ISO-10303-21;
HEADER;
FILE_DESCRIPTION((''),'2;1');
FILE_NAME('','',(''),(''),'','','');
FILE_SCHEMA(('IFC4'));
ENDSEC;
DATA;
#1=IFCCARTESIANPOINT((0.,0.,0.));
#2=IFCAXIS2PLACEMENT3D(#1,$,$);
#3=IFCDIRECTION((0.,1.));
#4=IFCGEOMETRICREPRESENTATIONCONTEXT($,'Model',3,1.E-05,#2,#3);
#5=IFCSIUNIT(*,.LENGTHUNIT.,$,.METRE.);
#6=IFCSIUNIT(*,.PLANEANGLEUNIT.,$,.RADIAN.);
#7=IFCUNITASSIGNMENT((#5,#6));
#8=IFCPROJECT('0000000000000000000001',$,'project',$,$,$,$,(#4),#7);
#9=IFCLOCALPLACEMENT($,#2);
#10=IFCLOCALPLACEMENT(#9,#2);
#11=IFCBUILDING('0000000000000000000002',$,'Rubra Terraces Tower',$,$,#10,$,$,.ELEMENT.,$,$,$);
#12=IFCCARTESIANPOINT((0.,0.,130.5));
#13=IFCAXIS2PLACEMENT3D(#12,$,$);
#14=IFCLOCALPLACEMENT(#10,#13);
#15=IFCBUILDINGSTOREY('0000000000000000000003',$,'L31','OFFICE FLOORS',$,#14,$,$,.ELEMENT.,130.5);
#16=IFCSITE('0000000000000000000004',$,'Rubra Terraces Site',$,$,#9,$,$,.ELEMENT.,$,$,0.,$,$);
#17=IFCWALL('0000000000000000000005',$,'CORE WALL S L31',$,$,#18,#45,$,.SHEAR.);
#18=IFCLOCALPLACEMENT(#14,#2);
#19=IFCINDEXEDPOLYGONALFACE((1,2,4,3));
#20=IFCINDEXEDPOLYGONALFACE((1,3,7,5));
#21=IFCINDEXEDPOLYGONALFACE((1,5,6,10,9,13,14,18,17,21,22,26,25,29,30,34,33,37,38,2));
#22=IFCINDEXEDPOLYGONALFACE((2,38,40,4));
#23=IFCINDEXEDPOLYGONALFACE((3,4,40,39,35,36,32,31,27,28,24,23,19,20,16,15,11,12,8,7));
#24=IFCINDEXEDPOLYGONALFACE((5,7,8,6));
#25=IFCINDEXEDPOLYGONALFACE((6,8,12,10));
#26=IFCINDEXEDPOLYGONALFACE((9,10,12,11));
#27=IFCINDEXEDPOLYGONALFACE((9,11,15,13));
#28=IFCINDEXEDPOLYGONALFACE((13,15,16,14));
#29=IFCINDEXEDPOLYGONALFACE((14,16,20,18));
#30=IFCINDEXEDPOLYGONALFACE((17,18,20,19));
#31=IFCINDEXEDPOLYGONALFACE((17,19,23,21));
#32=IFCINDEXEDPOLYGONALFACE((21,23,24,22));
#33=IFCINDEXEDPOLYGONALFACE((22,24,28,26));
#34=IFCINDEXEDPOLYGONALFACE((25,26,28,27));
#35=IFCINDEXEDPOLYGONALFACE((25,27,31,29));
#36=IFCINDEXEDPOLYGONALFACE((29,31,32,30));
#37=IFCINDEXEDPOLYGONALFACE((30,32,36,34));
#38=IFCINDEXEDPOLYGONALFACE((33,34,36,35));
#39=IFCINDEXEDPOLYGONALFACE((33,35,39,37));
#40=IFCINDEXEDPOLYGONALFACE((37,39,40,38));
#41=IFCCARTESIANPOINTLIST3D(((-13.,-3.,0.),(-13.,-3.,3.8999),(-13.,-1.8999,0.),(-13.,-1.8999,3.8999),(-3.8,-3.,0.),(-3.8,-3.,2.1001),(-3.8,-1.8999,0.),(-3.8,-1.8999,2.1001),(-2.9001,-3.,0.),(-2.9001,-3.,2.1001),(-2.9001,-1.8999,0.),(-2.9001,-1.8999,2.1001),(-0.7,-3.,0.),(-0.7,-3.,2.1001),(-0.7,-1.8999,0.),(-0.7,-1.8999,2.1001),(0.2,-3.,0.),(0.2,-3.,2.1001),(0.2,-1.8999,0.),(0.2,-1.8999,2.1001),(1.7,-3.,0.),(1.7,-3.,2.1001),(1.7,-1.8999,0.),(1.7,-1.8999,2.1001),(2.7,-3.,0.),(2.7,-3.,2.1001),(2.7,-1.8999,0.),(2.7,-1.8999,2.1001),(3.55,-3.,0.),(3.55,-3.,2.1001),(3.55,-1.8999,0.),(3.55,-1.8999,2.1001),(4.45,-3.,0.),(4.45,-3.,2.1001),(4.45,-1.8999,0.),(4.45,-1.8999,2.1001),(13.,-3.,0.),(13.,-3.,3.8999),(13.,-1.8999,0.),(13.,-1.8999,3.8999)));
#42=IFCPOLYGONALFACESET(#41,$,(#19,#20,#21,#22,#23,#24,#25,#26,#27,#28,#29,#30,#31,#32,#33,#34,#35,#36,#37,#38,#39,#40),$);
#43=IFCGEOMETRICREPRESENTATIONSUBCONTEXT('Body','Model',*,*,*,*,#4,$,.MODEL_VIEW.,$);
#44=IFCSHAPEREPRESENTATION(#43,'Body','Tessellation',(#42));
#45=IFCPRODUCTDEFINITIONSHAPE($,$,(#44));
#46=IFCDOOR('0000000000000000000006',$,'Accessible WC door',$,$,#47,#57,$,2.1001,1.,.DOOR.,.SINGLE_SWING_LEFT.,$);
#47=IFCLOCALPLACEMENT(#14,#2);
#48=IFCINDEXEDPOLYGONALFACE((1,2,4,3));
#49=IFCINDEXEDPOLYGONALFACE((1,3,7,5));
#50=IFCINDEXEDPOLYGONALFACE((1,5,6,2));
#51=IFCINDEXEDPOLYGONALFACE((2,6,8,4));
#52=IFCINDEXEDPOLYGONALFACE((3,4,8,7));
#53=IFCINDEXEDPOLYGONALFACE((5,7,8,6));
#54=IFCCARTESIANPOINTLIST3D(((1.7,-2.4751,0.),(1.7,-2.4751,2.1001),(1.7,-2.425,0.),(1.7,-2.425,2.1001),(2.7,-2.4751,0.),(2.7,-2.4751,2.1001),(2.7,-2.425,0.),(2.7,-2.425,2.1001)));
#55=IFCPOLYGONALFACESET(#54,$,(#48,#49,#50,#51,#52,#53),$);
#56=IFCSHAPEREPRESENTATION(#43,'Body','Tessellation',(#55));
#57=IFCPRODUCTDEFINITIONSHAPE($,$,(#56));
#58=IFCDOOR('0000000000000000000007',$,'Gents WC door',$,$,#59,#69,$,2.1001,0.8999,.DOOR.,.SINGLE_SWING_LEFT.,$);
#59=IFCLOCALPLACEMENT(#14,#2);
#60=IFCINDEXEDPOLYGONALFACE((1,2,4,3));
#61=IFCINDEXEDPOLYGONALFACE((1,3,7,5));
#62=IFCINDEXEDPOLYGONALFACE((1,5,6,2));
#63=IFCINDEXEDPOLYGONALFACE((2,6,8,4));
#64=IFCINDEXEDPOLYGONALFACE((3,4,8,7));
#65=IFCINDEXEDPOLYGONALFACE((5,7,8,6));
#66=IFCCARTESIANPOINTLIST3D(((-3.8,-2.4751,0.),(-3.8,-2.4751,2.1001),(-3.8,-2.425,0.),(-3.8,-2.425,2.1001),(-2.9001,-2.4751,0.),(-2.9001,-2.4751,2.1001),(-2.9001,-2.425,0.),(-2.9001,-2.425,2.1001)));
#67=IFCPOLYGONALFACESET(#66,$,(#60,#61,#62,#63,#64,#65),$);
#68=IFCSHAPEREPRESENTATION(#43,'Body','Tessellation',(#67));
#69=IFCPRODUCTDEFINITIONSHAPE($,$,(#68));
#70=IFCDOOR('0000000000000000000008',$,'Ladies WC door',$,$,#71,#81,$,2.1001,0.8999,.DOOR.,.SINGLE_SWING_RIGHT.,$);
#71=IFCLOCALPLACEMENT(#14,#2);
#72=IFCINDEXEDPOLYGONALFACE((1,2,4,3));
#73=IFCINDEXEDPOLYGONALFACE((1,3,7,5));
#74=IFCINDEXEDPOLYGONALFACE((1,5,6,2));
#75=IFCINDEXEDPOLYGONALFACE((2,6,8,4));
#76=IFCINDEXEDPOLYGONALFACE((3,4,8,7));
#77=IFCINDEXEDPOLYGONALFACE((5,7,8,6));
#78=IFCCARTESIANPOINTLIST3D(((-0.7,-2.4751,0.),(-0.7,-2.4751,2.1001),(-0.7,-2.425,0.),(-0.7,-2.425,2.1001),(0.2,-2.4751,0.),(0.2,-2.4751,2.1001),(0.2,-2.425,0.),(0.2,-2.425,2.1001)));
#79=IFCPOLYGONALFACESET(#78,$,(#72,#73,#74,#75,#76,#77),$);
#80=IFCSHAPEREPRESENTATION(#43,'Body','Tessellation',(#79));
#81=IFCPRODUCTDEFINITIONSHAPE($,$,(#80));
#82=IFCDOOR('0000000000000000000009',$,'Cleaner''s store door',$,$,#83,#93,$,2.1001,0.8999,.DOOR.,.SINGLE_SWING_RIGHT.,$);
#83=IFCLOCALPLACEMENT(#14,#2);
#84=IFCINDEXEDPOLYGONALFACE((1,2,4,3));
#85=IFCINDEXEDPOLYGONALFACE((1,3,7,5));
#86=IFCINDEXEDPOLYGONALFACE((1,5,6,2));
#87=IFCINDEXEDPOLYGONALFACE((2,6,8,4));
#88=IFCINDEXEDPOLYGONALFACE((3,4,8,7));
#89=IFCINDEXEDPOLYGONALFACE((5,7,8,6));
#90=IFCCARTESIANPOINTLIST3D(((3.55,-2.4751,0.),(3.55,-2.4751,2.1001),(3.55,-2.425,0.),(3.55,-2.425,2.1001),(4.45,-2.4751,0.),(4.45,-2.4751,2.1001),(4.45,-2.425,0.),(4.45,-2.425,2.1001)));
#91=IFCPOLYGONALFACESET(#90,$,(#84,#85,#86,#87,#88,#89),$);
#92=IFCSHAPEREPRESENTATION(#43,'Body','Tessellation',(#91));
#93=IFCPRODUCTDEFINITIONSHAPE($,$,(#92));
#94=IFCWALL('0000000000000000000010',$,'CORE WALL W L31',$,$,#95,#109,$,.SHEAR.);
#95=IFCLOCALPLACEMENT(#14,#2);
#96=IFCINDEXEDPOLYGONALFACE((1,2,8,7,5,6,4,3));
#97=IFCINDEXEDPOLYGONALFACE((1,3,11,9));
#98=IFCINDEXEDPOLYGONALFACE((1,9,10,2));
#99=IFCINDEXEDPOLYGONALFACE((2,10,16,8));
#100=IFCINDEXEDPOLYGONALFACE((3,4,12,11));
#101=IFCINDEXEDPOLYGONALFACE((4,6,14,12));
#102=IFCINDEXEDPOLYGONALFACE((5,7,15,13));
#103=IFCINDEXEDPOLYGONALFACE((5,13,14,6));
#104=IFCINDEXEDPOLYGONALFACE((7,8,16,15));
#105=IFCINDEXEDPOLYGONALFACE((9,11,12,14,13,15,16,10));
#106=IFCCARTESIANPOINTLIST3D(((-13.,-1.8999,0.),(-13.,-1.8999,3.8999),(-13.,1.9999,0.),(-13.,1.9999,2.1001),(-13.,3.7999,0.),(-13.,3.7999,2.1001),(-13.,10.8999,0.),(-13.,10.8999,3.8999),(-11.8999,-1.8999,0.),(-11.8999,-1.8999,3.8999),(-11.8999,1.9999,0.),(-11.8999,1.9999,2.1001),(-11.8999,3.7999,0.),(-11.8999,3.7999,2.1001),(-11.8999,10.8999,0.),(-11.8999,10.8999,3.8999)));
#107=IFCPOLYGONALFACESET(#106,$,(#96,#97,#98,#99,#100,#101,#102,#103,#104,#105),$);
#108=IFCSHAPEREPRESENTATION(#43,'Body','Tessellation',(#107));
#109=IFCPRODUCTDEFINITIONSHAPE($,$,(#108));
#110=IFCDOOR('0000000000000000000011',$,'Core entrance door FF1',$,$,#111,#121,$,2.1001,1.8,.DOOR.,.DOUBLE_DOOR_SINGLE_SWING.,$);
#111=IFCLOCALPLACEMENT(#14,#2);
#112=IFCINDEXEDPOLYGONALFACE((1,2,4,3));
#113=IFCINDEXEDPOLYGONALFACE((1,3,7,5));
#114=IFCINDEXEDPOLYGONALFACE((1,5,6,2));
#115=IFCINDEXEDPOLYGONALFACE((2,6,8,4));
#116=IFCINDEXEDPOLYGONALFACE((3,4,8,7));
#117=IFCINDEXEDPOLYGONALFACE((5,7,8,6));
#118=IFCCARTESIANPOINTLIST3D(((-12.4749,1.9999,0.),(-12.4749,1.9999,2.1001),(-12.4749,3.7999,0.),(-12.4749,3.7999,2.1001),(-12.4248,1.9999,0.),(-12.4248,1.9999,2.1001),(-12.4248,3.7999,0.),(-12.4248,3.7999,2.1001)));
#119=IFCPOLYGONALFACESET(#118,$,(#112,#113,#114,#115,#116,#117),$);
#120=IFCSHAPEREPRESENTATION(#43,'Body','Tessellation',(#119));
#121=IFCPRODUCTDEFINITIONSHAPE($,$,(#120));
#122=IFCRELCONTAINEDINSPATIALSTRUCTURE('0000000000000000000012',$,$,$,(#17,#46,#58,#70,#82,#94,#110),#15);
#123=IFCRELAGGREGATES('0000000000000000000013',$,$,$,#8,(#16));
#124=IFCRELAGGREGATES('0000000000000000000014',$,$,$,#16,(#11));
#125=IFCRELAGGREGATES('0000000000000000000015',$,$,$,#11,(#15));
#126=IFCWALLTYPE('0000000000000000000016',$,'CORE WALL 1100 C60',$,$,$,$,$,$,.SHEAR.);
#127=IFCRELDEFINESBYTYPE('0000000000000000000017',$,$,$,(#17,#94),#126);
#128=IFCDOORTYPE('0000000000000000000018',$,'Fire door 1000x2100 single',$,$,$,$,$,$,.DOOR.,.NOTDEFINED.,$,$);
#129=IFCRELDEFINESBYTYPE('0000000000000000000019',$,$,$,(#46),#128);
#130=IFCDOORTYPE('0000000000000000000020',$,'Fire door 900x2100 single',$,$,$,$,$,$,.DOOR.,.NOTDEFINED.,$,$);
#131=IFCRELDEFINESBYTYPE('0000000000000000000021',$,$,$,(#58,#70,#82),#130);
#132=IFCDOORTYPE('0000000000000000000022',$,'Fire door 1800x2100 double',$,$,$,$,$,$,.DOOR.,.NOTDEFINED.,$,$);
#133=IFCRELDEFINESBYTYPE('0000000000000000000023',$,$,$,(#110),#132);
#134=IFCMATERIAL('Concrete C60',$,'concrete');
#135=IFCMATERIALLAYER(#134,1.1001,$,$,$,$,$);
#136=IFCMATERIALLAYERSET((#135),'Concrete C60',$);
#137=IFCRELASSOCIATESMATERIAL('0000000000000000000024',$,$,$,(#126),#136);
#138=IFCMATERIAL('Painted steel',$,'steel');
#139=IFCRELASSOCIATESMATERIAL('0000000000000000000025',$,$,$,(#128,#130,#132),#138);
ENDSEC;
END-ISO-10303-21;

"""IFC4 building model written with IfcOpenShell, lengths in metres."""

from ifc_helpers import new_model, si_unit, direction, frame, frame_2d, origin, place, context, subcontext, project, spatial, rectangle, extrude, material, layer, layer_set, type_object, element, fill, save


model = new_model("IFC4")

# Units and contexts
model_context = context("Model", 3, precision=1e-05, world=origin(), true_north=direction((0.0, 1.0)))
body_context = subcontext(model_context, "Body", "Model", "MODEL_VIEW")
ifc_project = project(units=[si_unit("LENGTHUNIT", "METRE"), si_unit("PLANEANGLEUNIT", "RADIAN")], contexts=[model_context])

# Site, building, storey
site_placement = place(None, origin())
site = spatial("IfcSite", under=ifc_project, at=site_placement, Name="Rubra Terraces Site", CompositionType="ELEMENT", RefElevation=0.0)
building_placement = place(site_placement, origin())
building = spatial("IfcBuilding", under=site, at=building_placement, Name="Rubra Terraces Tower", CompositionType="ELEMENT")
storey_placement = place(building_placement, frame((0.0, 0.0, 130.5)))
storey = spatial("IfcBuildingStorey", under=building, at=storey_placement, Name="L31", Description="OFFICE FLOORS", CompositionType="ELEMENT", Elevation=130.5)

# Wall, openings, doors
ifc_material_1 = material(Name="Concrete C60", Category="concrete")
ifc_layer_1 = layer(ifc_material_1, 1.1001)
ifc_layer_set_1 = layer_set([ifc_layer_1], Name="Concrete C60")
wall_type_1 = type_object("IfcWallType", Name="CORE WALL 1100 C60", PredefinedType="SHEAR", material=ifc_layer_set_1)
wall_1_placement = place(storey_placement, frame((-13.0, -2.45, 0.0), z_axis=(0.0, 0.0, 1.0), x_axis=(1.0, 0.0, 0.0)))
wall_1 = element("IfcWall", 1, at=wall_1_placement, inside=storey, type_object=wall_type_1, Name="CORE WALL S L31", PredefinedType="SHEAR", context=body_context, shape_type="SweptSolid", body=[
    extrude(rectangle(XDim=26.0, YDim=1.1001, at=frame_2d((13.0, 0.0))), origin(), (0.0, 0.0, 1.0), 3.8999),
])
opening_1_placement = place(wall_1_placement, frame((9.2, 0.0, 0.0)))
opening_1 = element("IfcOpeningElement", 2, at=opening_1_placement, cuts=wall_1, PredefinedType="OPENING", context=body_context, shape_type="SweptSolid", body=[
    extrude(rectangle(XDim=0.8999, YDim=2.1001, at=frame_2d((0.45, 1.05))), frame((0.0, 0.5601, 0.0), z_axis=(0.0, -1.0, 0.0), x_axis=(1.0, 0.0, 0.0)), (0.0, 0.0, 1.0), 1.1201),
])
opening_2_placement = place(wall_1_placement, frame((12.3, 0.0, 0.0)))
opening_2 = element("IfcOpeningElement", 3, at=opening_2_placement, cuts=wall_1, PredefinedType="OPENING", context=body_context, shape_type="SweptSolid", body=[
    extrude(rectangle(XDim=0.8999, YDim=2.1001, at=frame_2d((0.45, 1.05))), frame((0.0, 0.5601, 0.0), z_axis=(0.0, -1.0, 0.0), x_axis=(1.0, 0.0, 0.0)), (0.0, 0.0, 1.0), 1.1201),
])
opening_3_placement = place(wall_1_placement, frame((14.7, 0.0, 0.0)))
opening_3 = element("IfcOpeningElement", 4, at=opening_3_placement, cuts=wall_1, PredefinedType="OPENING", context=body_context, shape_type="SweptSolid", body=[
    extrude(rectangle(XDim=1.0, YDim=2.1001, at=frame_2d((0.5, 1.05))), frame((0.0, 0.5601, 0.0), z_axis=(0.0, -1.0, 0.0), x_axis=(1.0, 0.0, 0.0)), (0.0, 0.0, 1.0), 1.1201),
])
opening_4_placement = place(wall_1_placement, frame((16.55, 0.0, 0.0)))
opening_4 = element("IfcOpeningElement", 5, at=opening_4_placement, cuts=wall_1, PredefinedType="OPENING", context=body_context, shape_type="SweptSolid", body=[
    extrude(rectangle(XDim=0.8999, YDim=2.1001, at=frame_2d((0.45, 1.05))), frame((0.0, 0.5601, 0.0), z_axis=(0.0, -1.0, 0.0), x_axis=(1.0, 0.0, 0.0)), (0.0, 0.0, 1.0), 1.1201),
])
ifc_material_2 = material(Name="Painted steel", Category="steel")
door_type_1 = type_object("IfcDoorType", Name="Fire door 1000x2100 single", OperationType="NOTDEFINED", PredefinedType="DOOR", material=ifc_material_2)
door_1_placement = place(opening_3_placement, origin())
door_1 = element("IfcDoor", 6, at=door_1_placement, inside=storey, type_object=door_type_1, Name="Accessible WC door", OperationType="SINGLE_SWING_LEFT", OverallHeight=2.1001, OverallWidth=1.0, PredefinedType="DOOR", context=body_context, shape_type="SweptSolid", body=[
    extrude(rectangle(XDim=1.0, YDim=2.1001, at=frame_2d((0.5, 1.05))), frame((0.0, 0.0249, 0.0), z_axis=(0.0, -1.0, 0.0), x_axis=(1.0, 0.0, 0.0)), (0.0, 0.0, 1.0), 0.05),
])
fill(opening_3, door_1)
door_type_2 = type_object("IfcDoorType", Name="Fire door 900x2100 single", OperationType="NOTDEFINED", PredefinedType="DOOR", material=ifc_material_2)
door_2_placement = place(opening_1_placement, origin())
door_2 = element("IfcDoor", 7, at=door_2_placement, inside=storey, type_object=door_type_2, Name="Gents WC door", OperationType="SINGLE_SWING_LEFT", OverallHeight=2.1001, OverallWidth=0.8999, PredefinedType="DOOR", context=body_context, shape_type="SweptSolid", body=[
    extrude(rectangle(XDim=0.8999, YDim=2.1001, at=frame_2d((0.45, 1.05))), frame((0.0, 0.0249, 0.0), z_axis=(0.0, -1.0, 0.0), x_axis=(1.0, 0.0, 0.0)), (0.0, 0.0, 1.0), 0.05),
])
fill(opening_1, door_2)
door_3_placement = place(opening_2_placement, origin())
door_3 = element("IfcDoor", 8, at=door_3_placement, inside=storey, type_object=door_type_2, Name="Ladies WC door", OperationType="SINGLE_SWING_RIGHT", OverallHeight=2.1001, OverallWidth=0.8999, PredefinedType="DOOR", context=body_context, shape_type="SweptSolid", body=[
    extrude(rectangle(XDim=0.8999, YDim=2.1001, at=frame_2d((0.45, 1.05))), frame((0.0, 0.0249, 0.0), z_axis=(0.0, -1.0, 0.0), x_axis=(1.0, 0.0, 0.0)), (0.0, 0.0, 1.0), 0.05),
])
fill(opening_2, door_3)
door_4_placement = place(opening_4_placement, origin())
door_4 = element("IfcDoor", 9, at=door_4_placement, inside=storey, type_object=door_type_2, Name="Cleaner's store door", OperationType="SINGLE_SWING_RIGHT", OverallHeight=2.1001, OverallWidth=0.8999, PredefinedType="DOOR", context=body_context, shape_type="SweptSolid", body=[
    extrude(rectangle(XDim=0.8999, YDim=2.1001, at=frame_2d((0.45, 1.05))), frame((0.0, 0.0249, 0.0), z_axis=(0.0, -1.0, 0.0), x_axis=(1.0, 0.0, 0.0)), (0.0, 0.0, 1.0), 0.05),
])
fill(opening_4, door_4)

# Wall, opening, door
wall_2_placement = place(storey_placement, frame((-12.45, -1.8999, 0.0), z_axis=(0.0, 0.0, 1.0), x_axis=(0.0, 1.0, 0.0)))
wall_2 = element("IfcWall", 10, at=wall_2_placement, inside=storey, type_object=wall_type_1, Name="CORE WALL W L31", PredefinedType="SHEAR", context=body_context, shape_type="SweptSolid", body=[
    extrude(rectangle(XDim=12.7998, YDim=1.1001, at=frame_2d((6.3999, 0.0))), origin(), (0.0, 0.0, 1.0), 3.8999),
])
opening_5_placement = place(wall_2_placement, frame((3.8999, 0.0, 0.0)))
opening_5 = element("IfcOpeningElement", 11, at=opening_5_placement, cuts=wall_2, PredefinedType="OPENING", context=body_context, shape_type="SweptSolid", body=[
    extrude(rectangle(XDim=1.8, YDim=2.1001, at=frame_2d((0.8999, 1.05))), frame((0.0, 0.5601, 0.0), z_axis=(0.0, -1.0, 0.0), x_axis=(1.0, 0.0, 0.0)), (0.0, 0.0, 1.0), 1.1201),
])
door_type_3 = type_object("IfcDoorType", Name="Fire door 1800x2100 double", OperationType="NOTDEFINED", PredefinedType="DOOR", material=ifc_material_2)
door_5_placement = place(opening_5_placement, origin())
door_5 = element("IfcDoor", 12, at=door_5_placement, inside=storey, type_object=door_type_3, Name="Core entrance door FF1", OperationType="DOUBLE_DOOR_SINGLE_SWING", OverallHeight=2.1001, OverallWidth=1.8, PredefinedType="DOOR", context=body_context, shape_type="SweptSolid", body=[
    extrude(rectangle(XDim=1.8, YDim=2.1001, at=frame_2d((0.8999, 1.05))), frame((0.0, 0.0249, 0.0), z_axis=(0.0, -1.0, 0.0), x_axis=(1.0, 0.0, 0.0)), (0.0, 0.0, 1.0), 0.05),
])
fill(opening_5, door_5)

save(model, "model.ifc")
